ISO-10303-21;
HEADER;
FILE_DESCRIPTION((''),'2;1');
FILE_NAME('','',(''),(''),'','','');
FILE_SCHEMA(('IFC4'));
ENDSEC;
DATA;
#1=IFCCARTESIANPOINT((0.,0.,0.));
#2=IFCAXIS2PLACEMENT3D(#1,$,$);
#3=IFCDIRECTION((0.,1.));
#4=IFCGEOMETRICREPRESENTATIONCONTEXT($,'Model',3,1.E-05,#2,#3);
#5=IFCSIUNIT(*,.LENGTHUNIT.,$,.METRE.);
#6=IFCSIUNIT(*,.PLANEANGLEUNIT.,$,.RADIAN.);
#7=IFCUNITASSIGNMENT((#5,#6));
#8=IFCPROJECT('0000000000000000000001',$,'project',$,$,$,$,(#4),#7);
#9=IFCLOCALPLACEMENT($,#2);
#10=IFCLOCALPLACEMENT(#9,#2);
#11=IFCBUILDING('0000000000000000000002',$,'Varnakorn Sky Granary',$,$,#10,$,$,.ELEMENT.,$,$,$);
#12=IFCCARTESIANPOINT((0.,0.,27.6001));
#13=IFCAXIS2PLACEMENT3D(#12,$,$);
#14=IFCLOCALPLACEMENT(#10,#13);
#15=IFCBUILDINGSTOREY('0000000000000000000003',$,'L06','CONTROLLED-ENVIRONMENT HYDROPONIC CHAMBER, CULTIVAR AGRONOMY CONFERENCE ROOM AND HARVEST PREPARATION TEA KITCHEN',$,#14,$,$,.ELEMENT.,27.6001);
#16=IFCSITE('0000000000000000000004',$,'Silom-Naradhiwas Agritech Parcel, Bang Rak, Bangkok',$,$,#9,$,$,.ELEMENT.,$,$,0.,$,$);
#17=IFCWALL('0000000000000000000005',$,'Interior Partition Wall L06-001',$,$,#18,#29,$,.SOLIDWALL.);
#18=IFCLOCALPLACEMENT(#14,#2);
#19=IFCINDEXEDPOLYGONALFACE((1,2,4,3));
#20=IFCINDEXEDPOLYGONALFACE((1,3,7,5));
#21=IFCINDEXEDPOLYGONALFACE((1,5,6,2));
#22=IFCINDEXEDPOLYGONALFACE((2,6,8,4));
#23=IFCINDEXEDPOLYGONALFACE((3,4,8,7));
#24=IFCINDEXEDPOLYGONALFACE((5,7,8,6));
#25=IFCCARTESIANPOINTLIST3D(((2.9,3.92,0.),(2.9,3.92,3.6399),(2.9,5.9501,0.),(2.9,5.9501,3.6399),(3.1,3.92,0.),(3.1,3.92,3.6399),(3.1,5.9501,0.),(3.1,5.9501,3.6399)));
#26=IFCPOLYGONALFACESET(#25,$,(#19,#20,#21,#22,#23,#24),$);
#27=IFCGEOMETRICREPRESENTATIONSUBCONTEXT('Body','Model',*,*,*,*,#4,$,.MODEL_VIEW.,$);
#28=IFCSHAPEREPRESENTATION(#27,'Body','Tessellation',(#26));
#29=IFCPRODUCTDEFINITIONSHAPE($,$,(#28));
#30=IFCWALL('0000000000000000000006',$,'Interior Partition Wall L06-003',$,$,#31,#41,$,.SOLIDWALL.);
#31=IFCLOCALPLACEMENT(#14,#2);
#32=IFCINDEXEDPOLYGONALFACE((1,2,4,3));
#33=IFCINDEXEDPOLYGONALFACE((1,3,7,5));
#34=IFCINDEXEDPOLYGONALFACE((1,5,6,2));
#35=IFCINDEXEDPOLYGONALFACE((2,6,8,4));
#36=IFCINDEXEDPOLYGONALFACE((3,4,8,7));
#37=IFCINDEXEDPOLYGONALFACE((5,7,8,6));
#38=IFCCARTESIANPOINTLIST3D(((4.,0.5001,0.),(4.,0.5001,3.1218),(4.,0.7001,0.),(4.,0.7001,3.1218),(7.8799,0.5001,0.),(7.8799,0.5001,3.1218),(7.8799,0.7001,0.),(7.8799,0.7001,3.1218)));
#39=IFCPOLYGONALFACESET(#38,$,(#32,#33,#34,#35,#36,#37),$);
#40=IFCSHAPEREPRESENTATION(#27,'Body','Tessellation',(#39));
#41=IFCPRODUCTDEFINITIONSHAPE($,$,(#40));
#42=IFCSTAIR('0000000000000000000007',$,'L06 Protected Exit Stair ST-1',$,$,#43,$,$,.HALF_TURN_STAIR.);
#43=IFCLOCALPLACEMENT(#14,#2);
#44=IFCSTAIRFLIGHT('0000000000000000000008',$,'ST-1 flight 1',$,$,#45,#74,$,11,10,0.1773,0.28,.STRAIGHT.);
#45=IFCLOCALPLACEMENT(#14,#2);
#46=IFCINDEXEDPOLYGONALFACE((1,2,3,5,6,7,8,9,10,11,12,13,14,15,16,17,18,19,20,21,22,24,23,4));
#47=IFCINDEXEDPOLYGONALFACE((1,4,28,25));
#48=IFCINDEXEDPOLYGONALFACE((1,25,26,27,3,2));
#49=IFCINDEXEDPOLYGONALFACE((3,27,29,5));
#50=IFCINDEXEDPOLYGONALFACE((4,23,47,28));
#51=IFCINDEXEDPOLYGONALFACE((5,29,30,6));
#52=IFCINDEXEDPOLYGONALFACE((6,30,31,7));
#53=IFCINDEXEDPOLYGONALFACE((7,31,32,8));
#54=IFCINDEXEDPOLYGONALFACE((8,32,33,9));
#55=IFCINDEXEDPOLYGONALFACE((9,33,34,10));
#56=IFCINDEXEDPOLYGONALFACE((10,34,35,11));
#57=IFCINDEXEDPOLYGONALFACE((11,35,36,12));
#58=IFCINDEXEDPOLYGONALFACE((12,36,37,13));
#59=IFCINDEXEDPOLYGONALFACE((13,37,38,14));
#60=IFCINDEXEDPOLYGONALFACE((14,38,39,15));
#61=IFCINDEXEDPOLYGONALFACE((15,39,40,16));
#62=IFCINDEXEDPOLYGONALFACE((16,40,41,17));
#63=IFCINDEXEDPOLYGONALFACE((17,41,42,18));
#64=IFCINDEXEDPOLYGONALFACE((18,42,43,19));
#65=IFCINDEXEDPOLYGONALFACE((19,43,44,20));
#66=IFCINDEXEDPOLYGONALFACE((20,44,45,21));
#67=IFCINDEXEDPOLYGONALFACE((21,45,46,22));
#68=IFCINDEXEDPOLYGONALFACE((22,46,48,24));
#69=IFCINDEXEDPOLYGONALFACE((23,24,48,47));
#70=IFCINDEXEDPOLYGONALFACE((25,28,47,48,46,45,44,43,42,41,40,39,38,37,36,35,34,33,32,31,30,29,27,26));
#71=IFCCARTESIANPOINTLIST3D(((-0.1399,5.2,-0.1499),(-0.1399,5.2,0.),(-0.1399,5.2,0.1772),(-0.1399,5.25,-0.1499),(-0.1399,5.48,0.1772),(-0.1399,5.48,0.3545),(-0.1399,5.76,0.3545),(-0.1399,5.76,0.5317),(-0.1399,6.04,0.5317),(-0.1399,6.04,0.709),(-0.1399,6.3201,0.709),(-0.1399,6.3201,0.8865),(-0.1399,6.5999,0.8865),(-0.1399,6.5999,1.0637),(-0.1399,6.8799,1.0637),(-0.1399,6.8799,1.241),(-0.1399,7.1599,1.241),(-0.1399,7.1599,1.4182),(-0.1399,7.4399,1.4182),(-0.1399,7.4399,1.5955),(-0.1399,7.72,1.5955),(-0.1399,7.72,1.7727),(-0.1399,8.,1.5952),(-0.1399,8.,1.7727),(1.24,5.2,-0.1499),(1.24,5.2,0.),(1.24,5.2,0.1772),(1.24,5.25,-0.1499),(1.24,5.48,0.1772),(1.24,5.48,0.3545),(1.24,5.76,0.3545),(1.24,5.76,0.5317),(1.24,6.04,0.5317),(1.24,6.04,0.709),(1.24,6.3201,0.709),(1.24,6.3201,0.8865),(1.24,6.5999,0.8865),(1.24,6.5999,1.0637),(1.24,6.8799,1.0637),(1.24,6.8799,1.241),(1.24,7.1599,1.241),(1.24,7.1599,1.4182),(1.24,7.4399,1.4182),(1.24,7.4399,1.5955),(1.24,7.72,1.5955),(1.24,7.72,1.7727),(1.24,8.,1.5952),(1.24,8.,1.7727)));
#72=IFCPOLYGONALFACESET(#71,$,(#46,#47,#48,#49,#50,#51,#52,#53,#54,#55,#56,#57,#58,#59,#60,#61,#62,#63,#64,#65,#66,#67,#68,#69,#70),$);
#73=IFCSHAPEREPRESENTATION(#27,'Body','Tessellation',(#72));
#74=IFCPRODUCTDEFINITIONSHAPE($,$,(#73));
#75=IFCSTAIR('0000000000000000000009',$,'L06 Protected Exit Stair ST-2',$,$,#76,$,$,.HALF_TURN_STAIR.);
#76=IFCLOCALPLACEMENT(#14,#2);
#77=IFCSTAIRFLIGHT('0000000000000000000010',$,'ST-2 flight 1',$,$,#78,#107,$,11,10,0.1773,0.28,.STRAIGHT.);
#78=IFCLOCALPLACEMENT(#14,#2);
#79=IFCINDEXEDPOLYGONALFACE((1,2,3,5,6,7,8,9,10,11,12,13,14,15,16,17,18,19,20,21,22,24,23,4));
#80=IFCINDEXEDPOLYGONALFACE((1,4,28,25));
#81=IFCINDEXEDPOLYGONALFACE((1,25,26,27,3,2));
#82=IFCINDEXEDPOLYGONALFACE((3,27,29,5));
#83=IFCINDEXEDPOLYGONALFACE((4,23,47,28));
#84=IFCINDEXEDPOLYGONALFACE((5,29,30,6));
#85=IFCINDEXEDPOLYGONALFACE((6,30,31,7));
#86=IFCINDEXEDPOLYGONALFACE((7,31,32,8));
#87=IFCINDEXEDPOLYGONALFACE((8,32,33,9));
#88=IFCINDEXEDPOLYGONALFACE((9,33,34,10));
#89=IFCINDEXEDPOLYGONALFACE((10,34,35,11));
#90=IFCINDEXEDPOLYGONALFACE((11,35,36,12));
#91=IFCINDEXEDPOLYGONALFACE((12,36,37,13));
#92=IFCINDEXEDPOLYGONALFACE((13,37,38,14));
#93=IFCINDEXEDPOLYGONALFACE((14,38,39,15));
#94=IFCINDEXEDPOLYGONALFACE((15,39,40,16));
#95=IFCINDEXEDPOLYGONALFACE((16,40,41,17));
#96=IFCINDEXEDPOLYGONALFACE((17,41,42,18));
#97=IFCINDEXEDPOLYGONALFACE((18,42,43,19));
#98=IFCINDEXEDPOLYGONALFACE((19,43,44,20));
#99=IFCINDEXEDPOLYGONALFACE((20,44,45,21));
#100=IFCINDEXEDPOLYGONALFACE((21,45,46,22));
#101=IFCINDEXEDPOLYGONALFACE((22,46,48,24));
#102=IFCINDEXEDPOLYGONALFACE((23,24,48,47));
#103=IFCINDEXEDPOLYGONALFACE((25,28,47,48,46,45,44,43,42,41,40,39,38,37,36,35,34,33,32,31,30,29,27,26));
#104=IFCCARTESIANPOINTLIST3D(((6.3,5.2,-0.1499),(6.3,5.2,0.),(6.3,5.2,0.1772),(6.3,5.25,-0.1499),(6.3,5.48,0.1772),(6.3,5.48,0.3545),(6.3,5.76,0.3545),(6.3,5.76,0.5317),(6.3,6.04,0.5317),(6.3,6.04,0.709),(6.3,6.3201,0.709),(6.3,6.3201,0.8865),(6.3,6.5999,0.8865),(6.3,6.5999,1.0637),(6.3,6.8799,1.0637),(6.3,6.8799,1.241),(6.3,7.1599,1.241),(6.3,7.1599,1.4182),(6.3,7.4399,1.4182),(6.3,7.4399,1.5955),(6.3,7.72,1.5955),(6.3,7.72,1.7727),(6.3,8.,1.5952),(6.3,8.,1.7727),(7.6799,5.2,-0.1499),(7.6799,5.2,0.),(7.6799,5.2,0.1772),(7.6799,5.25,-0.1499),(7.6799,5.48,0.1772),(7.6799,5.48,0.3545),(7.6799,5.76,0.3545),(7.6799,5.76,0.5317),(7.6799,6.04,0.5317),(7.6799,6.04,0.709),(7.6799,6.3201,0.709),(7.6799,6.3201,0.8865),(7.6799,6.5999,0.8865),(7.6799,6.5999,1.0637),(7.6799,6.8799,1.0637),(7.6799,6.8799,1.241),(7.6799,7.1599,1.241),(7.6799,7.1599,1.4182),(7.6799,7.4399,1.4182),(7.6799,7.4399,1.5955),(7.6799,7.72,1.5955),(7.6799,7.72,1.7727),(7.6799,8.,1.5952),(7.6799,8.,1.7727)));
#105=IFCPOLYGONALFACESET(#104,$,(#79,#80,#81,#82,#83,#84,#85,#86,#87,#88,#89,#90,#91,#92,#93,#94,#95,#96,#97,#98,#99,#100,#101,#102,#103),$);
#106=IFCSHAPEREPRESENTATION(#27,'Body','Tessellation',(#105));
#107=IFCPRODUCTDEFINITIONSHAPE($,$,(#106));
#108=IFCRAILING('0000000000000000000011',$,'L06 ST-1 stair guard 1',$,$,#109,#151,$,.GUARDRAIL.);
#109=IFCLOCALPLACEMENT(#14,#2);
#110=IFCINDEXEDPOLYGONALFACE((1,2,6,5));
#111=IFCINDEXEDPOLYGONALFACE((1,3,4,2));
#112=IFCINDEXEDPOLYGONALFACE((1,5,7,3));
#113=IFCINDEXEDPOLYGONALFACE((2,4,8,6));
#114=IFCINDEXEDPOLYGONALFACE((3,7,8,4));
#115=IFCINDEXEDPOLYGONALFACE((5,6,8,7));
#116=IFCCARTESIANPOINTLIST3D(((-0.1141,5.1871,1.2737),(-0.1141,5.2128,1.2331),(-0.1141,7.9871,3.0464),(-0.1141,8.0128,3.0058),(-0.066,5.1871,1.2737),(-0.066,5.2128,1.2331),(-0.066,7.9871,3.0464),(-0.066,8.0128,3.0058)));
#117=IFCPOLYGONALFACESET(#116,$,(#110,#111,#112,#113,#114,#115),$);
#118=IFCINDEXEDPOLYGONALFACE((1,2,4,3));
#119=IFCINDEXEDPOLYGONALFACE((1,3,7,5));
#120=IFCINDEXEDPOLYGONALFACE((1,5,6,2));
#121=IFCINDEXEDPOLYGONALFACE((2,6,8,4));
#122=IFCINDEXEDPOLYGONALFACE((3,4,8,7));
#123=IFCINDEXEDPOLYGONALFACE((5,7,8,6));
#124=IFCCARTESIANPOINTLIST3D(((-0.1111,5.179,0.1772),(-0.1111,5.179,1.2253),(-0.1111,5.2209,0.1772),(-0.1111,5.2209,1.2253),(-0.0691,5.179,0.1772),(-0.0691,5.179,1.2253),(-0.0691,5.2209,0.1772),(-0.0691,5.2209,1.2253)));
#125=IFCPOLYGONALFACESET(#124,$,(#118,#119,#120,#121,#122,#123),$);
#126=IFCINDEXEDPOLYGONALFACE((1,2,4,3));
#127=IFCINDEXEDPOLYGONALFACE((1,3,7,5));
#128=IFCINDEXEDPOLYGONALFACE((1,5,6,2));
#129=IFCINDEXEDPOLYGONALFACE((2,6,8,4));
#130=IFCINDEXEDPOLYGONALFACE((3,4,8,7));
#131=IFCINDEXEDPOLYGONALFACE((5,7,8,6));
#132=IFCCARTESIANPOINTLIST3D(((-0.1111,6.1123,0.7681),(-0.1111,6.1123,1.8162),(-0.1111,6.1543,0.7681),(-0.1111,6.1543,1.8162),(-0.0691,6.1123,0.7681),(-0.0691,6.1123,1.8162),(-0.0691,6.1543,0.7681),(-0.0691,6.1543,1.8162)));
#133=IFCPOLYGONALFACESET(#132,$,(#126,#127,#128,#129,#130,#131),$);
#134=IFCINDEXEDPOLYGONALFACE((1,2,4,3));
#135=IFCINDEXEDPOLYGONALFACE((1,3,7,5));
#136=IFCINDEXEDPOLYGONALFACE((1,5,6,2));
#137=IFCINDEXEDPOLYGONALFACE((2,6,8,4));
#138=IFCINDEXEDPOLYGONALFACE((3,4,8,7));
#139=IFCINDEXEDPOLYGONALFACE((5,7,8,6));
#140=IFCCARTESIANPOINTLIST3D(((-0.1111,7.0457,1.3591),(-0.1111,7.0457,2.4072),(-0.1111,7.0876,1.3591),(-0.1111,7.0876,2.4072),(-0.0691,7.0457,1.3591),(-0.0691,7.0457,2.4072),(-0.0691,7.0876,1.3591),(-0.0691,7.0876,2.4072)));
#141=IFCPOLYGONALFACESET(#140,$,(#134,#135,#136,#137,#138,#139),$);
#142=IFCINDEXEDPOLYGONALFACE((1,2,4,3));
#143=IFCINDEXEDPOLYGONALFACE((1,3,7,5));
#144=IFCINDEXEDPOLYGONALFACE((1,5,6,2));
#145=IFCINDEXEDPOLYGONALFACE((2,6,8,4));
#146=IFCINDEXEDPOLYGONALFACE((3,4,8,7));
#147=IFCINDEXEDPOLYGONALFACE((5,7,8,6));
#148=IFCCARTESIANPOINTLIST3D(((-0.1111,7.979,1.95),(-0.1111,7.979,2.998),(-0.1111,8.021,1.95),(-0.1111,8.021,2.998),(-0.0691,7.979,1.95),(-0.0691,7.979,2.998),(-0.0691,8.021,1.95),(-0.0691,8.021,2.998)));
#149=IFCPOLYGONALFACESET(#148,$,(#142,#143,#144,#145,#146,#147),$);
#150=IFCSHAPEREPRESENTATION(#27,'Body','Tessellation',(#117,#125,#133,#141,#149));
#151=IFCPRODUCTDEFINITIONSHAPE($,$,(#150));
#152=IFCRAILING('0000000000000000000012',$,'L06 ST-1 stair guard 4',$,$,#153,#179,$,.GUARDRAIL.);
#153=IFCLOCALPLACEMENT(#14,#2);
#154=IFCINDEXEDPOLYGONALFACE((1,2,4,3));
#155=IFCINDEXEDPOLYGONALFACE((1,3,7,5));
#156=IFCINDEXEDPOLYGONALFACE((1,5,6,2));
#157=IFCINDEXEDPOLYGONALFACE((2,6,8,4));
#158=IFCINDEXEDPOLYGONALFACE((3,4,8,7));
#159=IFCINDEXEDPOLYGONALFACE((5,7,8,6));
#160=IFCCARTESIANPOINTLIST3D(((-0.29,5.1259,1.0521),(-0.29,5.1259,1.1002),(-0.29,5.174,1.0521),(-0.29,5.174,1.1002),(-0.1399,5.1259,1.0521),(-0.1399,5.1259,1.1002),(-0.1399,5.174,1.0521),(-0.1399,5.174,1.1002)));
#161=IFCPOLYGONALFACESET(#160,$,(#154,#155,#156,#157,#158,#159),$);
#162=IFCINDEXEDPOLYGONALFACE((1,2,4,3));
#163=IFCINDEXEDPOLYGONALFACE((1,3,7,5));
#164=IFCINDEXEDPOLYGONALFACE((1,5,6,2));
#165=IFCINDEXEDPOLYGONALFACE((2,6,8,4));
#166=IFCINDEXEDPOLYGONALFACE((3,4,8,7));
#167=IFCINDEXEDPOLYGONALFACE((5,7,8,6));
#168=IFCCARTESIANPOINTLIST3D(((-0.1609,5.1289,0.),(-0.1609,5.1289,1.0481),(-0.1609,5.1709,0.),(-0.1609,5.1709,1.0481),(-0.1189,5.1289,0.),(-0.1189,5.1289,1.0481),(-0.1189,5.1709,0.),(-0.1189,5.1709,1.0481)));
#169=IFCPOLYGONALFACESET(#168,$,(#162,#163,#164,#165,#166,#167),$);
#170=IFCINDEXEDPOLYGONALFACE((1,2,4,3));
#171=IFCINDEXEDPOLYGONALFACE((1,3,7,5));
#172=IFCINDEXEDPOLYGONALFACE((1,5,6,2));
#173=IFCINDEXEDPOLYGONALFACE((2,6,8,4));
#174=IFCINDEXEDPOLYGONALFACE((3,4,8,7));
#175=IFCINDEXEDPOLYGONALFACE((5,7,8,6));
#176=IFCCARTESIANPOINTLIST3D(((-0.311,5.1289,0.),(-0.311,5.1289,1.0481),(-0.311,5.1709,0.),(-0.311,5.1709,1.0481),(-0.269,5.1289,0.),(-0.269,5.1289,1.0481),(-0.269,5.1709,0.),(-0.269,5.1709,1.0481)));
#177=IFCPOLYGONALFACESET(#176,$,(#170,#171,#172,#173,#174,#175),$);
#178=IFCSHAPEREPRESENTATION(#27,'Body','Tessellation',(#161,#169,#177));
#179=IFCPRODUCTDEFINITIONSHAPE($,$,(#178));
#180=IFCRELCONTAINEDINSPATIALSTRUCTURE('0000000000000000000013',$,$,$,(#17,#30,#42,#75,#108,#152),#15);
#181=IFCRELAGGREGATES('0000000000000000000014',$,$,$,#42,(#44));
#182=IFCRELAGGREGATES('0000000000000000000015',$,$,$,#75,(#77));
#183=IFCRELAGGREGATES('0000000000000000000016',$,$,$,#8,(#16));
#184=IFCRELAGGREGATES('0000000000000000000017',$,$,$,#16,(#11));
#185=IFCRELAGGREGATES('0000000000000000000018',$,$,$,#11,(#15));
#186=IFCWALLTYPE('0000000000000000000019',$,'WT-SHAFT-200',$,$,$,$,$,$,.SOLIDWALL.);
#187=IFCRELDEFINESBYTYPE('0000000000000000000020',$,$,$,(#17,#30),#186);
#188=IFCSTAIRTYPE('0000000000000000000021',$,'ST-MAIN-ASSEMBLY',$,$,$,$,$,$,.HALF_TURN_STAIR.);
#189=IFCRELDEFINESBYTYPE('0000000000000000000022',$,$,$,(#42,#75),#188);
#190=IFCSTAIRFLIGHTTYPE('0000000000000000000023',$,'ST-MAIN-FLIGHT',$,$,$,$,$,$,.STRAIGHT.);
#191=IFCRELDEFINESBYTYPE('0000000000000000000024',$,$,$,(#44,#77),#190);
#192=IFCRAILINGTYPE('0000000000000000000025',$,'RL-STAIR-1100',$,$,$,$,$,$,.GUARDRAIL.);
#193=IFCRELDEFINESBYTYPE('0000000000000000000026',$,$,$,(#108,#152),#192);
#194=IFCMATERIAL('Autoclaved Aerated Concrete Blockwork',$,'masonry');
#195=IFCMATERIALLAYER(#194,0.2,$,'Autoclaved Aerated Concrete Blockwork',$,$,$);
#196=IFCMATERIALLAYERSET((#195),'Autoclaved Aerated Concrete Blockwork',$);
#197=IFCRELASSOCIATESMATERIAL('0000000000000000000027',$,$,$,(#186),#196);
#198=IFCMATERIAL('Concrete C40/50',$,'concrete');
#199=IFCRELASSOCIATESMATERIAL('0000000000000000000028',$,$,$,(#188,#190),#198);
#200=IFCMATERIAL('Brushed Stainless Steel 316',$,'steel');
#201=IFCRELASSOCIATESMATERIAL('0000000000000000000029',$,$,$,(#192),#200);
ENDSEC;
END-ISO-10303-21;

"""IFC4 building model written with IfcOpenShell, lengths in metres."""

from ifc_helpers import new_model, si_unit, direction, frame, frame_2d, origin, origin_2d, place, context, subcontext, project, spatial, polyline, rectangle, outline, extrude, material, layer, layer_set, type_object, element, aggregate, save


model = new_model("IFC4")

# Units and contexts
model_context = context("Model", 3, precision=1e-05, world=origin(), true_north=direction((0.0, 1.0)))
body_context = subcontext(model_context, "Body", "Model", "MODEL_VIEW")
ifc_project = project(units=[si_unit("LENGTHUNIT", "METRE"), si_unit("PLANEANGLEUNIT", "RADIAN")], contexts=[model_context])

# Site, building, storey
site_placement = place(None, origin())
site = spatial("IfcSite", under=ifc_project, at=site_placement, Name="Silom-Naradhiwas Agritech Parcel, Bang Rak, Bangkok", CompositionType="ELEMENT", RefElevation=0.0)
building_placement = place(site_placement, origin())
building = spatial("IfcBuilding", under=site, at=building_placement, Name="Varnakorn Sky Granary", CompositionType="ELEMENT")
storey_placement = place(building_placement, frame((0.0, 0.0, 27.6001)))
storey = spatial("IfcBuildingStorey", under=building, at=storey_placement, Name="L06", Description="CONTROLLED-ENVIRONMENT HYDROPONIC CHAMBER, CULTIVAR AGRONOMY CONFERENCE ROOM AND HARVEST PREPARATION TEA KITCHEN", CompositionType="ELEMENT", Elevation=27.6001)

# Shared definitions
ifc_material_1 = material(Name="Autoclaved Aerated Concrete Blockwork", Category="masonry")

# Walls
ifc_layer_1 = layer(ifc_material_1, 0.2, Name="Autoclaved Aerated Concrete Blockwork")
ifc_layer_set_1 = layer_set([ifc_layer_1], Name="Autoclaved Aerated Concrete Blockwork")
wall_type_1 = type_object("IfcWallType", Name="WT-SHAFT-200", PredefinedType="SOLIDWALL", material=ifc_layer_set_1)
wall_1_placement = place(storey_placement, frame((3.0, 3.9199, 0.0), z_axis=(0.0, 0.0, 1.0), x_axis=(0.0, 1.0, 0.0)))
element("IfcWall", 1, at=wall_1_placement, inside=storey, type_object=wall_type_1, Name="Interior Partition Wall L06-001", PredefinedType="SOLIDWALL", context=body_context, shape_type="SweptSolid", body=[
    extrude(rectangle(XDim=2.03, YDim=0.2, at=frame_2d((1.0151, 0.0))), origin(), (0.0, 0.0, 1.0), 3.6399),
])
wall_2_placement = place(storey_placement, frame((4.0, 0.6001, 0.0), z_axis=(0.0, 0.0, 1.0), x_axis=(1.0, 0.0, 0.0)))
element("IfcWall", 2, at=wall_2_placement, inside=storey, type_object=wall_type_1, Name="Interior Partition Wall L06-003", PredefinedType="SOLIDWALL", context=body_context, shape_type="SweptSolid", body=[
    extrude(rectangle(XDim=3.8799, YDim=0.2, at=frame_2d((1.9399, 0.0))), origin(), (0.0, 0.0, 1.0), 3.1218),
])

# Stairs, stair flights
ifc_material_2 = material(Name="Concrete C40/50", Category="concrete")
stair_type = type_object("IfcStairType", Name="ST-MAIN-ASSEMBLY", PredefinedType="HALF_TURN_STAIR", material=ifc_material_2)
stair_1_placement = place(storey_placement, origin())
stair_1 = element("IfcStair", 3, at=stair_1_placement, inside=storey, type_object=stair_type, Name="L06 Protected Exit Stair ST-1", PredefinedType="HALF_TURN_STAIR")
stair_flight_type = type_object("IfcStairFlightType", Name="ST-MAIN-FLIGHT", PredefinedType="STRAIGHT", material=ifc_material_2)
stair_flight_1_placement = place(storey_placement, frame((0.55, 5.2, 0.0), z_axis=(0.0, 0.0, 1.0), x_axis=(0.0, 1.0, 0.0)))
stair_flight_1 = element("IfcStairFlight", 4, at=stair_flight_1_placement, type_object=stair_flight_type, Name="ST-1 flight 1", NumberOfRisers=11, NumberOfTreads=10, PredefinedType="STRAIGHT", RiserHeight=0.1773, TreadLength=0.28, context=body_context, shape_type="SweptSolid", body=[
    extrude(outline(polyline([(0.0, -0.1499), (0.0, 0.0), (0.0, 0.1772), (0.28, 0.1772), (0.28, 0.3545), (0.5601, 0.3545), (0.5601, 0.5317), (0.8401, 0.5317), (0.8401, 0.709), (1.1201, 0.709), (1.1201, 0.8865), (1.3999, 0.8865), (1.3999, 1.0637), (1.6799, 1.0637), (1.6799, 1.241), (1.96, 1.241), (1.96, 1.4182), (2.24, 1.4182), (2.24, 1.5955), (2.52, 1.5955), (2.52, 1.7727), (2.8, 1.7727), (2.8, 1.95), (2.8, 1.5952), (0.05, -0.1499), (0.0, -0.1499)])), frame((0.0, 0.6899, 0.0), z_axis=(0.0, -1.0, 0.0), x_axis=(1.0, 0.0, 0.0)), (0.0, 0.0, 1.0), 1.3799),
])
aggregate(stair_1, [stair_flight_1])
stair_2_placement = place(storey_placement, origin())
stair_2 = element("IfcStair", 5, at=stair_2_placement, inside=storey, type_object=stair_type, Name="L06 Protected Exit Stair ST-2", PredefinedType="HALF_TURN_STAIR")
stair_flight_2_placement = place(storey_placement, frame((6.99, 5.2, 0.0), z_axis=(0.0, 0.0, 1.0), x_axis=(0.0, 1.0, 0.0)))
stair_flight_2 = element("IfcStairFlight", 6, at=stair_flight_2_placement, type_object=stair_flight_type, Name="ST-2 flight 1", NumberOfRisers=11, NumberOfTreads=10, PredefinedType="STRAIGHT", RiserHeight=0.1773, TreadLength=0.28, context=body_context, shape_type="SweptSolid", body=[
    extrude(outline(polyline([(0.0, -0.1499), (0.0, 0.0), (0.0, 0.1772), (0.28, 0.1772), (0.28, 0.3545), (0.5601, 0.3545), (0.5601, 0.5317), (0.8401, 0.5317), (0.8401, 0.709), (1.1201, 0.709), (1.1201, 0.8865), (1.3999, 0.8865), (1.3999, 1.0637), (1.6799, 1.0637), (1.6799, 1.241), (1.96, 1.241), (1.96, 1.4182), (2.24, 1.4182), (2.24, 1.5955), (2.52, 1.5955), (2.52, 1.7727), (2.8, 1.7727), (2.8, 1.95), (2.8, 1.5952), (0.05, -0.1499), (0.0, -0.1499)])), frame((0.0, 0.6899, 0.0), z_axis=(0.0, -1.0, 0.0), x_axis=(1.0, 0.0, 0.0)), (0.0, 0.0, 1.0), 1.3799),
])
aggregate(stair_2, [stair_flight_2])

# Railings
ifc_material_3 = material(Name="Brushed Stainless Steel 316", Category="steel")
railing_type_1 = type_object("IfcRailingType", Name="RL-STAIR-1100", PredefinedType="GUARDRAIL", material=ifc_material_3)
railing_1_placement = place(storey_placement, frame((-0.0901, 5.2, 0.1772)))
element("IfcRailing", 7, at=railing_1_placement, inside=storey, type_object=railing_type_1, Name="L06 ST-1 stair guard 1", PredefinedType="GUARDRAIL", context=body_context, shape_type="SweptSolid", body=[
    extrude(rectangle(XDim=0.0481, YDim=0.0481, at=origin_2d()), frame((0.0, 0.0, 1.0762), z_axis=(0.0, 0.844909, 0.53491), x_axis=(-1.0, 0.0, 0.0)), (0.0, 0.0, 1.0), 3.314),
    extrude(rectangle(XDim=0.042, YDim=0.042, at=origin_2d()), origin(), (0.0, 0.0, 1.0), 1.0481),
    extrude(rectangle(XDim=0.042, YDim=0.042, at=origin_2d()), frame((0.0, 0.9333, 0.5908)), (0.0, 0.0, 1.0), 1.0481),
    extrude(rectangle(XDim=0.042, YDim=0.042, at=origin_2d()), frame((0.0, 1.8667, 1.1819)), (0.0, 0.0, 1.0), 1.0481),
    extrude(rectangle(XDim=0.042, YDim=0.042, at=origin_2d()), frame((0.0, 2.8, 1.7727)), (0.0, 0.0, 1.0), 1.0481),
])
railing_2_placement = place(storey_placement, frame((-0.1399, 5.1499, 0.0)))
element("IfcRailing", 8, at=railing_2_placement, inside=storey, type_object=railing_type_1, Name="L06 ST-1 stair guard 4", PredefinedType="GUARDRAIL", context=body_context, shape_type="SweptSolid", body=[
    extrude(rectangle(XDim=0.0481, YDim=0.0481, at=origin_2d()), frame((0.0, 0.0, 1.0762), z_axis=(-1.0, 0.0, 0.0), x_axis=(0.0, -1.0, 0.0)), (0.0, 0.0, 1.0), 0.1501),
    extrude(rectangle(XDim=0.042, YDim=0.042, at=origin_2d()), origin(), (0.0, 0.0, 1.0), 1.0481),
    extrude(rectangle(XDim=0.042, YDim=0.042, at=origin_2d()), frame((-0.1501, 0.0, 0.0)), (0.0, 0.0, 1.0), 1.0481),
])

save(model, "model.ifc")
